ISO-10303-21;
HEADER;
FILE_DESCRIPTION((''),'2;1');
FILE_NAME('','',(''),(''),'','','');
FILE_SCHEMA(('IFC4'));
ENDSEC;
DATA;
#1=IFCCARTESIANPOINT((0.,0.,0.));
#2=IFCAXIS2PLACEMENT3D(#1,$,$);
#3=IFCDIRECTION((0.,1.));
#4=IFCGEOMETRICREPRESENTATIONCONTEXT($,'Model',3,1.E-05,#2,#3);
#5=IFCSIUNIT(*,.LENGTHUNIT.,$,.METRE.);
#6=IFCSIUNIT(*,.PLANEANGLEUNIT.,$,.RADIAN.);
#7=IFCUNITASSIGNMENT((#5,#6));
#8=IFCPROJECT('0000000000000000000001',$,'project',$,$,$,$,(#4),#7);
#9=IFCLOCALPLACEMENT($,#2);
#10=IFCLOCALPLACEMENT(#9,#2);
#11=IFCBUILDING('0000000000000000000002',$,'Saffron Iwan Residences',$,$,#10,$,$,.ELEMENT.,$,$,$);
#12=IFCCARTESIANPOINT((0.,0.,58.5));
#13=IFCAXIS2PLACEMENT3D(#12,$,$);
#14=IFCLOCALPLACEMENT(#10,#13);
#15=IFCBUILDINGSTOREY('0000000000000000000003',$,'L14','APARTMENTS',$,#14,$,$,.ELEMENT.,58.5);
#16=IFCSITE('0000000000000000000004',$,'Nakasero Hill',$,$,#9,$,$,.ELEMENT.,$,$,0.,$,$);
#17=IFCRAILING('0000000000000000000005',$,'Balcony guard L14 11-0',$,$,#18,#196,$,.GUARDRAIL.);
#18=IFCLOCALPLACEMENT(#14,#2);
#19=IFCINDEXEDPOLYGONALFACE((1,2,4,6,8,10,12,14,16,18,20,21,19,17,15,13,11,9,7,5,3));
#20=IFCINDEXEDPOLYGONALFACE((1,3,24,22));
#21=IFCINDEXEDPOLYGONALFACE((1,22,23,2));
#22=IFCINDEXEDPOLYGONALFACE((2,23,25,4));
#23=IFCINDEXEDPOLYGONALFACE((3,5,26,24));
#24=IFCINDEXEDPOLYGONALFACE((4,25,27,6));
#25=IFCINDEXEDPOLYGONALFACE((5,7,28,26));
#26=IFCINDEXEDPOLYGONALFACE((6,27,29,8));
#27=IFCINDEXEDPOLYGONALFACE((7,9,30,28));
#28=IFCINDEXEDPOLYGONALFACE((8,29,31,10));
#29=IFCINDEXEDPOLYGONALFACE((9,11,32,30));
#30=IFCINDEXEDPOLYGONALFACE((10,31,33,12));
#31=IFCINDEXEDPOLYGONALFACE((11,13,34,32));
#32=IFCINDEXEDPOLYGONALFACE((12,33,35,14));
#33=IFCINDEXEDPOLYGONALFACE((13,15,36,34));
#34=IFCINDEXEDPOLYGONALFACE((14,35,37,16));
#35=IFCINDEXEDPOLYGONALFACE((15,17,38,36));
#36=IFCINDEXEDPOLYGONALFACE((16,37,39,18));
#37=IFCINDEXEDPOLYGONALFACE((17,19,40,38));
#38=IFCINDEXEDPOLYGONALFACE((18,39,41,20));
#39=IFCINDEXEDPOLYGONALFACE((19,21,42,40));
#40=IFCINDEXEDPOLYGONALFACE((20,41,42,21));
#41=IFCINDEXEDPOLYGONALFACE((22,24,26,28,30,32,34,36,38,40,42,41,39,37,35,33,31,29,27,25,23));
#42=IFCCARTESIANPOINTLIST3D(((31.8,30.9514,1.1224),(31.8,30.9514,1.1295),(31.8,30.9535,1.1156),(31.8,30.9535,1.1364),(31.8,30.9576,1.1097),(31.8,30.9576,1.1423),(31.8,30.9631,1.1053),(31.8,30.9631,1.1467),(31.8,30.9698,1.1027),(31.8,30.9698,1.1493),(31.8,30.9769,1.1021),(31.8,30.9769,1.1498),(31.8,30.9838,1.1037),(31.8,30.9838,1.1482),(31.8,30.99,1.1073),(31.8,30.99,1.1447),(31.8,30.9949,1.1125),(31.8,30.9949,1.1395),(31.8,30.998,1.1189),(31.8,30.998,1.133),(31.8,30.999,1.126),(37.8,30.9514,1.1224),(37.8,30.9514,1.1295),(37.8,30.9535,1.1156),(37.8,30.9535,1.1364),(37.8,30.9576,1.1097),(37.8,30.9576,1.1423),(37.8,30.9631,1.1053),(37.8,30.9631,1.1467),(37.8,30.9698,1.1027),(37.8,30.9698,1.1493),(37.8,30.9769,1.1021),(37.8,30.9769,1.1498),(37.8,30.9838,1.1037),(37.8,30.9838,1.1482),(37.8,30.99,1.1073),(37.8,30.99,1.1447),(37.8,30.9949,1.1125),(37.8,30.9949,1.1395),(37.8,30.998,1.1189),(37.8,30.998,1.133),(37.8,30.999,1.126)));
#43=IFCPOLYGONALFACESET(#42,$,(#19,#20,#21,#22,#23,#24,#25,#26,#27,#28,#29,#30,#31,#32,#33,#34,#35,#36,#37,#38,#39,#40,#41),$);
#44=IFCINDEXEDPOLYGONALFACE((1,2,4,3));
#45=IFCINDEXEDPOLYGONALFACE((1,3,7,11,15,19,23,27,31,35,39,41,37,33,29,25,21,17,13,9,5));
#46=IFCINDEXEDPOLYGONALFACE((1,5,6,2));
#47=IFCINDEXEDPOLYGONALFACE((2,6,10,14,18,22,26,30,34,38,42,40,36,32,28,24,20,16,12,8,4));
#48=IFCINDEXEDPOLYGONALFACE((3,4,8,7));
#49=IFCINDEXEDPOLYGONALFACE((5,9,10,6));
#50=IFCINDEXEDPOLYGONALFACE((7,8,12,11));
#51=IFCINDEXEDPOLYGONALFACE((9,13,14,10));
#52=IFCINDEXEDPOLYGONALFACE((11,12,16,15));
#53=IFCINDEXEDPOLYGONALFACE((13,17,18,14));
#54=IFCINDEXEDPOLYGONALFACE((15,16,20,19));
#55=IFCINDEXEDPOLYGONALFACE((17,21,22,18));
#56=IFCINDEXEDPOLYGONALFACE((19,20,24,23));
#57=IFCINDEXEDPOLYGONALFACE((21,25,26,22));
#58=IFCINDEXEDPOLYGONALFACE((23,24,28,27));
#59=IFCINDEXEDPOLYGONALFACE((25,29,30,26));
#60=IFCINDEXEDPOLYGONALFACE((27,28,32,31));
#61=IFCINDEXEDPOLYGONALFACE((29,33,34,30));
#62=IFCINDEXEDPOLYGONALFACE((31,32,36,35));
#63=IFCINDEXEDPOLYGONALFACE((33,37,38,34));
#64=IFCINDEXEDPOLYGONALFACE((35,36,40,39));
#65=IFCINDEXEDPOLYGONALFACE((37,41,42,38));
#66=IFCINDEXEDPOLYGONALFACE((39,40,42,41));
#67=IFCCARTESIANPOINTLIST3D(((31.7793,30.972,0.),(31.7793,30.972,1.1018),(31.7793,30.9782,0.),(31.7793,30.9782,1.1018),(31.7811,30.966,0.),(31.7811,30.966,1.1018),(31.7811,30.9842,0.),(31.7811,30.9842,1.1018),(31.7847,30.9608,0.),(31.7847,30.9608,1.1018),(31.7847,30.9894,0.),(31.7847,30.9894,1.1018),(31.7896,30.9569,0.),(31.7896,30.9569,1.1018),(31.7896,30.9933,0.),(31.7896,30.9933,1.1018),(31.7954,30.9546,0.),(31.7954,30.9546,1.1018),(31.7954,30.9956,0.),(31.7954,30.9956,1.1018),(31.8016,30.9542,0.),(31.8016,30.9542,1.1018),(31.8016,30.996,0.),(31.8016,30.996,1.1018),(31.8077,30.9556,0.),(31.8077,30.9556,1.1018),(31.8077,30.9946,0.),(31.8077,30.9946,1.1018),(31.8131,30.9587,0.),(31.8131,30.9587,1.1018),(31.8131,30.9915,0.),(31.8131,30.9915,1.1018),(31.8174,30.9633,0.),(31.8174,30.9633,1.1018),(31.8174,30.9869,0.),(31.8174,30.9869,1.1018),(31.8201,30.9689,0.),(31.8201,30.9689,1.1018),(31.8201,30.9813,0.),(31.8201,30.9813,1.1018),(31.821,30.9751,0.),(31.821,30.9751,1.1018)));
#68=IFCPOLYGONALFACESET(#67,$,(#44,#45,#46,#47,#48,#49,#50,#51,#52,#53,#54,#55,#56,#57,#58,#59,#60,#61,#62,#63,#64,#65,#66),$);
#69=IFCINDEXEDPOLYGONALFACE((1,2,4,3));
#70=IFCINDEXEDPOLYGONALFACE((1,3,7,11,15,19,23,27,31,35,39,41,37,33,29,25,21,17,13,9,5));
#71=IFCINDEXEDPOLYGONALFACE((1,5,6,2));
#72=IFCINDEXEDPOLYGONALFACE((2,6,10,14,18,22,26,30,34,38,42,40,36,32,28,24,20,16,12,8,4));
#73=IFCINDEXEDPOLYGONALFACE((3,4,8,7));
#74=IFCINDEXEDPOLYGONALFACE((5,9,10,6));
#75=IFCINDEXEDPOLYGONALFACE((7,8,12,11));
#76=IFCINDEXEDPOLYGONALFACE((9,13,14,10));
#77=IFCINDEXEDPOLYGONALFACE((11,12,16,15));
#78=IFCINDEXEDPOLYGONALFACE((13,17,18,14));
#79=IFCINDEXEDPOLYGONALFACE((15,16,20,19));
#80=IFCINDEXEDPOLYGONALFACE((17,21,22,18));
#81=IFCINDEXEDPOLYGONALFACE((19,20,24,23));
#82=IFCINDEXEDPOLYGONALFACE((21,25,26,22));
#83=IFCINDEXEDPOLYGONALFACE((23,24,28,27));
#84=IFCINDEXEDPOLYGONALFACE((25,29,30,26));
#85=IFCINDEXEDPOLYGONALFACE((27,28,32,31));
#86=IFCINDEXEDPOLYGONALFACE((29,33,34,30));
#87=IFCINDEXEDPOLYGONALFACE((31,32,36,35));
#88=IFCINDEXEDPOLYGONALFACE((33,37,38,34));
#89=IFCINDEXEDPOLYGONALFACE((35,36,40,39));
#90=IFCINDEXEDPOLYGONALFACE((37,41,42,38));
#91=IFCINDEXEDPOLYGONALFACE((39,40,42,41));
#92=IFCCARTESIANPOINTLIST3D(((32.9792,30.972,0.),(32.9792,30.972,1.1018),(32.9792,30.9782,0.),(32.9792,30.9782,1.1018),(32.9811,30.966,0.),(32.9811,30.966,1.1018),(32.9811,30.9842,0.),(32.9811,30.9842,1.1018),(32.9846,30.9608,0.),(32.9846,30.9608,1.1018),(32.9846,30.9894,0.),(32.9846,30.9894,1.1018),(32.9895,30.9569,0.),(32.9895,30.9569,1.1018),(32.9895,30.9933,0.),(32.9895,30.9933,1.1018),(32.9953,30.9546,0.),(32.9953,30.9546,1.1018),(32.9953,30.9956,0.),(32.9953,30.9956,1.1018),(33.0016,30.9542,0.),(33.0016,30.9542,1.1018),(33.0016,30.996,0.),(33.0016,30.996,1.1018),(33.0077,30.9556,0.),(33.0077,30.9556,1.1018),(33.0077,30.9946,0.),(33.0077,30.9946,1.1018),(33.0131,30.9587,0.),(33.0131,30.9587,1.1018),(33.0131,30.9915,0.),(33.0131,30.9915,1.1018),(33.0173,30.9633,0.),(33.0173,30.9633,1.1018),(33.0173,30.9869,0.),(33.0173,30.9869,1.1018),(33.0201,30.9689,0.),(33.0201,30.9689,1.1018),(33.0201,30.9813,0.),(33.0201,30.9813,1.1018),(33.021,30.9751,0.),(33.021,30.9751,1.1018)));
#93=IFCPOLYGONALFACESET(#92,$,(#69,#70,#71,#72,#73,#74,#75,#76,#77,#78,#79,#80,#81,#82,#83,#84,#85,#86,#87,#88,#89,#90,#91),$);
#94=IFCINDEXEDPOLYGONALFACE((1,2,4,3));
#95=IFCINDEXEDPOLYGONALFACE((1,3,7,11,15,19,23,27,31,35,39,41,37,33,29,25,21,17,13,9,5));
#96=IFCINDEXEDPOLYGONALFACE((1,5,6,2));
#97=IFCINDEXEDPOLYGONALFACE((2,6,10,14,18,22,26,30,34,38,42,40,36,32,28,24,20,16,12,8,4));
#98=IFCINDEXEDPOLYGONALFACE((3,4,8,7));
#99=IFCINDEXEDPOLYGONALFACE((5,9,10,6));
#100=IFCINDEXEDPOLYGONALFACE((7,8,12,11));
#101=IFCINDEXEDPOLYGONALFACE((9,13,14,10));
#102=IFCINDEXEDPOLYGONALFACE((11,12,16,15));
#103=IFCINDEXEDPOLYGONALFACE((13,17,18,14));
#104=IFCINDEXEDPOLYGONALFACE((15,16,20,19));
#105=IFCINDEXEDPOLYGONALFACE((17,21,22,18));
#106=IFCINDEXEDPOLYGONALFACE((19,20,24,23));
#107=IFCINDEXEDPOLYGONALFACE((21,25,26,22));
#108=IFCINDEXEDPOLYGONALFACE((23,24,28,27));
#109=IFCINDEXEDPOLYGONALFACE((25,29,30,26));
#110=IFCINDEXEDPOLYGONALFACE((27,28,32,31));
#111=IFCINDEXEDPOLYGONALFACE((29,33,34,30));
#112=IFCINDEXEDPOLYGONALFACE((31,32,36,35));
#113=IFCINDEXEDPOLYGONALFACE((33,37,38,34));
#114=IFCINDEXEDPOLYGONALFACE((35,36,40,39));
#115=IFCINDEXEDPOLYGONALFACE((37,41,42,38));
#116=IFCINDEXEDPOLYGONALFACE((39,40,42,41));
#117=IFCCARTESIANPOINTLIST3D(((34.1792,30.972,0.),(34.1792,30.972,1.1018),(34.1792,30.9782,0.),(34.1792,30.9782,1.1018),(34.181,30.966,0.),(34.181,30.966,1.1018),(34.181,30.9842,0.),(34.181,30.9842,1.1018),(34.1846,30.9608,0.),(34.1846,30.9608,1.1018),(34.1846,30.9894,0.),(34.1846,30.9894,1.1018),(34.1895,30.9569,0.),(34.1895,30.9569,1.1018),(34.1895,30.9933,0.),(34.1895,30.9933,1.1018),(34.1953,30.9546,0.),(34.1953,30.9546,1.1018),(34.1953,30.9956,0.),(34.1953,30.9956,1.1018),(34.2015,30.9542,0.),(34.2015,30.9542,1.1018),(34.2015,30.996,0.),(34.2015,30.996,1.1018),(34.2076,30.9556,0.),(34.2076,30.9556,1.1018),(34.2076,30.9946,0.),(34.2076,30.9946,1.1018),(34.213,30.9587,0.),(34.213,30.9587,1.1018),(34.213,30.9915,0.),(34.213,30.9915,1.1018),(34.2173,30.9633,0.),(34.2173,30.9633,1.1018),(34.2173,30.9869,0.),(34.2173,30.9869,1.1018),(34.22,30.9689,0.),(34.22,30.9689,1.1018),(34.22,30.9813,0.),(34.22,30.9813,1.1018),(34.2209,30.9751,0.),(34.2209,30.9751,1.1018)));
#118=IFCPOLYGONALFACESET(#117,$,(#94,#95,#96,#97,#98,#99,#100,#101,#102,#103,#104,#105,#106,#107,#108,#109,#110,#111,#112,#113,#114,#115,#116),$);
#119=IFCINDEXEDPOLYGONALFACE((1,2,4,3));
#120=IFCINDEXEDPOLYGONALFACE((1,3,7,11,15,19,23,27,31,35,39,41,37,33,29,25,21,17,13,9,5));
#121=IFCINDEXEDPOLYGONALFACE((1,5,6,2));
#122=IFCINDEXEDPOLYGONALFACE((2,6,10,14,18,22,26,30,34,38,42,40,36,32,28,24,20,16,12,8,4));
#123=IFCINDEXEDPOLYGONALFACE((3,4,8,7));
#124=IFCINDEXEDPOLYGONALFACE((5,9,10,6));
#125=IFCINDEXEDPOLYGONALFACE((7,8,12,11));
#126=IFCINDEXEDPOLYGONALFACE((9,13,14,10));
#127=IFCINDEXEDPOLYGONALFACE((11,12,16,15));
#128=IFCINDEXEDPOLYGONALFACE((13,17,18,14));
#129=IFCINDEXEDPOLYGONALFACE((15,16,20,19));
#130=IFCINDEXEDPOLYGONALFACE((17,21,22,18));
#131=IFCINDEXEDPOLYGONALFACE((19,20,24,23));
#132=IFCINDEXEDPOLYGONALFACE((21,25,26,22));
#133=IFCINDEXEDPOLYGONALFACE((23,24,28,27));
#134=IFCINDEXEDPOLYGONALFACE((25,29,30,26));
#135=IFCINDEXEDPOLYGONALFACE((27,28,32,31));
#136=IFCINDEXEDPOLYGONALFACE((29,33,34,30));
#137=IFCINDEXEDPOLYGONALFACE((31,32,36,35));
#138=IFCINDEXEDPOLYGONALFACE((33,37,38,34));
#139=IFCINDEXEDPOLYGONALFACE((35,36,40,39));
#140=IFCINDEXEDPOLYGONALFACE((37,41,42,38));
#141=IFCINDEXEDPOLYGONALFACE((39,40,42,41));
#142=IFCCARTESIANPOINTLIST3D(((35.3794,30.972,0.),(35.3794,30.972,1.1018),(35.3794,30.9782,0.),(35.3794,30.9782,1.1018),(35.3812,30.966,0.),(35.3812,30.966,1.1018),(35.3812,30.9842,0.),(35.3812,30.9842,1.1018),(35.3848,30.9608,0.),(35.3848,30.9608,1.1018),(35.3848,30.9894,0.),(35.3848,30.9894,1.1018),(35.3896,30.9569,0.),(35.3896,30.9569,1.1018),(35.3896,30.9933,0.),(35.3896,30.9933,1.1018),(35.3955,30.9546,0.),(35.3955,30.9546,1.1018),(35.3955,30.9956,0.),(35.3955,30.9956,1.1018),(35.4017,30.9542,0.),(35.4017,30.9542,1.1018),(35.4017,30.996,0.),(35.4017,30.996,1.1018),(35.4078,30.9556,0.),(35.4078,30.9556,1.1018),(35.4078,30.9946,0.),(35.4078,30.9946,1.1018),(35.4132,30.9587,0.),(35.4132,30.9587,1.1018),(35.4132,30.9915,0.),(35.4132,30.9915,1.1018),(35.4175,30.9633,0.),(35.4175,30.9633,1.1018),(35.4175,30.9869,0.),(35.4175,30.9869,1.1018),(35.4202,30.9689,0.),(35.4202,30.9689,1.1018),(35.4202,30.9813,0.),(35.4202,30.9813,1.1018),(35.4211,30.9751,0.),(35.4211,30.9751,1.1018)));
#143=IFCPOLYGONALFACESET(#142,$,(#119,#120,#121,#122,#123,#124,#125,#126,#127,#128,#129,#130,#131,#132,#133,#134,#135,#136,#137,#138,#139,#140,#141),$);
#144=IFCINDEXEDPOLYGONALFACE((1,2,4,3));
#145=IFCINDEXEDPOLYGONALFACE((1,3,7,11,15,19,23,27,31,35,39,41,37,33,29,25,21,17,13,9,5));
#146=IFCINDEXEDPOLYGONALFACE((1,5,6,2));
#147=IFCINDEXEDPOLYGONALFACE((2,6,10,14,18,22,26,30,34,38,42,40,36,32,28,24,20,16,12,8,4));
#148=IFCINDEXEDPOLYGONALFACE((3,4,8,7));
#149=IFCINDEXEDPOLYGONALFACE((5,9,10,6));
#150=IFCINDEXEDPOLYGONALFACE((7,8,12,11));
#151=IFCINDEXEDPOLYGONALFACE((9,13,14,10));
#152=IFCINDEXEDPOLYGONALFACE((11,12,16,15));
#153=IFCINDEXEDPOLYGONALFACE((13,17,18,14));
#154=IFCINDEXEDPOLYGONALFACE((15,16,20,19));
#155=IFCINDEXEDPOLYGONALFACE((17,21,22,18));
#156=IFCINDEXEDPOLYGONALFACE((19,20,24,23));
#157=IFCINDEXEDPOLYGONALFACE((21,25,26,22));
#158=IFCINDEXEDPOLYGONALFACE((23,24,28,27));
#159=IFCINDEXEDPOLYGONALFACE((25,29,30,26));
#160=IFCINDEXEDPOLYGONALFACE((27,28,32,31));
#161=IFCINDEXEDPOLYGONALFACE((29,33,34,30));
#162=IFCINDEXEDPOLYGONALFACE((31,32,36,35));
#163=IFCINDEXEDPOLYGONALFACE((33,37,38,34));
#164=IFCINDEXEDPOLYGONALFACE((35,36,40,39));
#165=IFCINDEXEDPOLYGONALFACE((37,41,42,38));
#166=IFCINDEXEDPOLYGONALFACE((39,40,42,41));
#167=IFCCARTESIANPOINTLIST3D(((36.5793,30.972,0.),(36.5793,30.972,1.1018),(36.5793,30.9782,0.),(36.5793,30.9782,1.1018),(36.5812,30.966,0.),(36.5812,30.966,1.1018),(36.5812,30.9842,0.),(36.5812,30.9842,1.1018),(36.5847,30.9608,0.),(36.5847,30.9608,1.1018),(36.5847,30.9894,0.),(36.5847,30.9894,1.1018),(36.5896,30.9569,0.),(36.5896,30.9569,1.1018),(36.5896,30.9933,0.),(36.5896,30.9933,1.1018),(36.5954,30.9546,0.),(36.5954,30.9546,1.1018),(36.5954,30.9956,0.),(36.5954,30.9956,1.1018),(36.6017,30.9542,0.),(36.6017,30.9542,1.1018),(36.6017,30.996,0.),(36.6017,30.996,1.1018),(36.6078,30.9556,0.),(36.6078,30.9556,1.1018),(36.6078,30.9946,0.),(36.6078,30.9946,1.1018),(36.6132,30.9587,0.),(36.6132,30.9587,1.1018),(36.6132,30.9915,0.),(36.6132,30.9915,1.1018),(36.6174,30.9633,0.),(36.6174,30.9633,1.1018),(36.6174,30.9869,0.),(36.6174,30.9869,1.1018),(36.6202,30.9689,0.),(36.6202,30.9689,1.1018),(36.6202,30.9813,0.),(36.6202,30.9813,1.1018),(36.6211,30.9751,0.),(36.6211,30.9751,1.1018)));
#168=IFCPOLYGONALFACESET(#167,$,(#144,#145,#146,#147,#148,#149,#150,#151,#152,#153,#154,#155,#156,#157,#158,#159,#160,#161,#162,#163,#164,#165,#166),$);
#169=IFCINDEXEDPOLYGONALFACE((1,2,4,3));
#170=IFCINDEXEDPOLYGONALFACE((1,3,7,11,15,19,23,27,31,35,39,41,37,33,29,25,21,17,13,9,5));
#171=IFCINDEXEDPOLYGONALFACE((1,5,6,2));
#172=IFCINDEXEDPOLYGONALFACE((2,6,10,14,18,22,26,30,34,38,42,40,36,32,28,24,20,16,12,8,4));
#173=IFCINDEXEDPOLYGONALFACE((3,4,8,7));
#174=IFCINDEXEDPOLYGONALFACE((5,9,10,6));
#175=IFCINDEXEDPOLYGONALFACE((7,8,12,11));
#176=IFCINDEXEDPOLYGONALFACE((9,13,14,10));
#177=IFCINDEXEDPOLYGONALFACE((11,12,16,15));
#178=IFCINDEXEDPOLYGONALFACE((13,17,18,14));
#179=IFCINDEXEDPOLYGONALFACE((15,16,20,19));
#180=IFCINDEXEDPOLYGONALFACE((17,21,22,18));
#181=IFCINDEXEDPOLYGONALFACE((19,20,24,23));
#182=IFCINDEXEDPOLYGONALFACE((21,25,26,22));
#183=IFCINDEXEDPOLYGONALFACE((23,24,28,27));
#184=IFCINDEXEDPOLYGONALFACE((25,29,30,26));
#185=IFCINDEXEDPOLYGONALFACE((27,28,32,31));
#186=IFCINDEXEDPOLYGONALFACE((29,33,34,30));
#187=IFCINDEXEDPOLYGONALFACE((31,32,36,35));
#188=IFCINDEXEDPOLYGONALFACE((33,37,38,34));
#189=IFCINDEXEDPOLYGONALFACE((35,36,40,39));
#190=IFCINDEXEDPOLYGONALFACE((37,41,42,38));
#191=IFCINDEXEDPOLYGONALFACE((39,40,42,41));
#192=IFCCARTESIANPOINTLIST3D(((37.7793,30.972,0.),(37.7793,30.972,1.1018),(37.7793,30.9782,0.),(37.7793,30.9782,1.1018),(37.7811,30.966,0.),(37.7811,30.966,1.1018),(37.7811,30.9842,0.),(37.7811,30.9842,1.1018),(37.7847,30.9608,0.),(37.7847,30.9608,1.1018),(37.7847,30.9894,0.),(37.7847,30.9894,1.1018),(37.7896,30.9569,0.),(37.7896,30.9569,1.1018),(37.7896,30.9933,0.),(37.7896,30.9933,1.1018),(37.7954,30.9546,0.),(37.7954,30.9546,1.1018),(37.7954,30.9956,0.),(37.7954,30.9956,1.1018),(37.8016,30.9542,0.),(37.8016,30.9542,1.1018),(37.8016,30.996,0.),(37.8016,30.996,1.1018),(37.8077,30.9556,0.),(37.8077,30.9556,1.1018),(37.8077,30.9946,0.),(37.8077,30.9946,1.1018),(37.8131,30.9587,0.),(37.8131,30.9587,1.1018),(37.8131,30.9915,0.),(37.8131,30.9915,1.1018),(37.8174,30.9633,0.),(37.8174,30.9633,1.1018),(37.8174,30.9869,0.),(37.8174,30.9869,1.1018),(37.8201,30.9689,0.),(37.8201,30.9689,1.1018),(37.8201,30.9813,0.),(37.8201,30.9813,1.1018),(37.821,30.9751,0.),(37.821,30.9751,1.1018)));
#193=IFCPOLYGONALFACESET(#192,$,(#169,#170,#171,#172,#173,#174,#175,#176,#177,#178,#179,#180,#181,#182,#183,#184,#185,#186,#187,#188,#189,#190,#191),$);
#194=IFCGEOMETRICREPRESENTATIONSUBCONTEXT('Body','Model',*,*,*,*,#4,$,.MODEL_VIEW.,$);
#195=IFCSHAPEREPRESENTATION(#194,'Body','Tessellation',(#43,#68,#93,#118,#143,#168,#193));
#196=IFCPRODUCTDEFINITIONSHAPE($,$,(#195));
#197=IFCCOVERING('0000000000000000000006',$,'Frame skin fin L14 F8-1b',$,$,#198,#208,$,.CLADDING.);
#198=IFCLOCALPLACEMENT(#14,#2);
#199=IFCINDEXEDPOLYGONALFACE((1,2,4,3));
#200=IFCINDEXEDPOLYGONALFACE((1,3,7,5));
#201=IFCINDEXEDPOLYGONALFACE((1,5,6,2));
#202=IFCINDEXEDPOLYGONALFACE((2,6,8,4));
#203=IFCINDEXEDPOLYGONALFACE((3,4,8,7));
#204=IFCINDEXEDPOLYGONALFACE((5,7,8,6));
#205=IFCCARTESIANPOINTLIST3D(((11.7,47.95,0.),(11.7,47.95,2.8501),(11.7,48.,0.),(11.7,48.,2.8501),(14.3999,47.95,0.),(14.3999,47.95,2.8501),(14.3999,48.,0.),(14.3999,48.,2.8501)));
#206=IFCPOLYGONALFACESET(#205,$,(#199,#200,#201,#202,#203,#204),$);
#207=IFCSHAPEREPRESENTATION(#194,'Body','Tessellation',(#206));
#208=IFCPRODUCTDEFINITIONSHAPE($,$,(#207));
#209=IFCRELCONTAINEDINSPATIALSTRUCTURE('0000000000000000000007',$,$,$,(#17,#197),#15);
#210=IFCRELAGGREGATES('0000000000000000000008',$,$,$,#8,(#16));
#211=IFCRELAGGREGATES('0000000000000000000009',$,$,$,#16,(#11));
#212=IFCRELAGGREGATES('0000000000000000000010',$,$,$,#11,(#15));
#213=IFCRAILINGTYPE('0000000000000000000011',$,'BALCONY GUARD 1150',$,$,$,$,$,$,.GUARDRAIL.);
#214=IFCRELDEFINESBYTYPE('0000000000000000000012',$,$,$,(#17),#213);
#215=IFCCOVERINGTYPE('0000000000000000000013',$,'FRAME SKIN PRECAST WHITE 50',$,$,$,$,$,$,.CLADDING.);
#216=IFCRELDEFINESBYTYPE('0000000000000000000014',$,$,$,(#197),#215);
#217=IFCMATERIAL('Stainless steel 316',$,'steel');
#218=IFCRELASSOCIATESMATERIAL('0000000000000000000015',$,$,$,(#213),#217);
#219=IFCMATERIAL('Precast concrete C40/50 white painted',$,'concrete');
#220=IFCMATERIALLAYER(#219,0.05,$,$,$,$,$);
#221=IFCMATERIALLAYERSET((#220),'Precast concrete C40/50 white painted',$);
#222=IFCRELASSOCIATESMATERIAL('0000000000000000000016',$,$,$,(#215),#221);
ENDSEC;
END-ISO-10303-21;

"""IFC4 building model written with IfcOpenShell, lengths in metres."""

from ifc_helpers import new_model, si_unit, direction, frame, origin, origin_2d, place, context, subcontext, project, spatial, polyline, circle, outline, extrude, material, layer, layer_set, type_object, element, save


model = new_model("IFC4")

# Units and contexts
model_context = context("Model", 3, precision=1e-05, world=origin(), true_north=direction((0.0, 1.0)))
body_context = subcontext(model_context, "Body", "Model", "MODEL_VIEW")
ifc_project = project(units=[si_unit("LENGTHUNIT", "METRE"), si_unit("PLANEANGLEUNIT", "RADIAN")], contexts=[model_context])

# Site, building, storey
site_placement = place(None, origin())
site = spatial("IfcSite", under=ifc_project, at=site_placement, Name="Nakasero Hill", CompositionType="ELEMENT", RefElevation=0.0)
building_placement = place(site_placement, origin())
building = spatial("IfcBuilding", under=site, at=building_placement, Name="Saffron Iwan Residences", CompositionType="ELEMENT")
storey_placement = place(building_placement, frame((0.0, 0.0, 58.5)))
storey = spatial("IfcBuildingStorey", under=building, at=storey_placement, Name="L14", Description="APARTMENTS", CompositionType="ELEMENT", Elevation=58.5)

# Railing
ifc_material_1 = material(Name="Stainless steel 316", Category="steel")
railing_type = type_object("IfcRailingType", Name="BALCONY GUARD 1150", PredefinedType="GUARDRAIL", material=ifc_material_1)
railing_placement = place(storey_placement, frame((31.8, 30.9751, 0.0)))
element("IfcRailing", 1, at=railing_placement, inside=storey, type_object=railing_type, Name="Balcony guard L14 11-0", PredefinedType="GUARDRAIL", context=body_context, shape_type="SweptSolid", body=[
    extrude(circle(Radius=0.0239, at=origin_2d()), frame((0.0, 0.0, 1.126), z_axis=(1.0, 0.0, 0.0), x_axis=(0.0, 1.0, 0.0)), (0.0, 0.0, 1.0), 6.0),
    extrude(circle(Radius=0.021, at=origin_2d()), origin(), (0.0, 0.0, 1.0), 1.1018),
    extrude(circle(Radius=0.021, at=origin_2d()), frame((1.2, 0.0, 0.0)), (0.0, 0.0, 1.0), 1.1018),
    extrude(circle(Radius=0.021, at=origin_2d()), frame((2.3999, 0.0, 0.0)), (0.0, 0.0, 1.0), 1.1018),
    extrude(circle(Radius=0.021, at=origin_2d()), frame((3.6001, 0.0, 0.0)), (0.0, 0.0, 1.0), 1.1018),
    extrude(circle(Radius=0.021, at=origin_2d()), frame((4.8, 0.0, 0.0)), (0.0, 0.0, 1.0), 1.1018),
    extrude(circle(Radius=0.021, at=origin_2d()), frame((6.0, 0.0, 0.0)), (0.0, 0.0, 1.0), 1.1018),
])

# Covering
ifc_material_2 = material(Name="Precast concrete C40/50 white painted", Category="concrete")
ifc_layer_1 = layer(ifc_material_2, 0.05)
ifc_layer_set_1 = layer_set([ifc_layer_1], Name="Precast concrete C40/50 white painted")
covering_type = type_object("IfcCoveringType", Name="FRAME SKIN PRECAST WHITE 50", PredefinedType="CLADDING", material=ifc_layer_set_1)
covering_1_placement = place(storey_placement, origin())
element("IfcCovering", 2, at=covering_1_placement, inside=storey, type_object=covering_type, Name="Frame skin fin L14 F8-1b", PredefinedType="CLADDING", context=body_context, shape_type="SweptSolid", body=[
    extrude(outline(polyline([(11.7, 48.0), (11.7, 47.95), (14.3999, 47.95), (14.3999, 48.0), (11.7, 48.0)])), origin(), (0.0, 0.0, 1.0), 2.8501),
])

save(model, "model.ifc")
